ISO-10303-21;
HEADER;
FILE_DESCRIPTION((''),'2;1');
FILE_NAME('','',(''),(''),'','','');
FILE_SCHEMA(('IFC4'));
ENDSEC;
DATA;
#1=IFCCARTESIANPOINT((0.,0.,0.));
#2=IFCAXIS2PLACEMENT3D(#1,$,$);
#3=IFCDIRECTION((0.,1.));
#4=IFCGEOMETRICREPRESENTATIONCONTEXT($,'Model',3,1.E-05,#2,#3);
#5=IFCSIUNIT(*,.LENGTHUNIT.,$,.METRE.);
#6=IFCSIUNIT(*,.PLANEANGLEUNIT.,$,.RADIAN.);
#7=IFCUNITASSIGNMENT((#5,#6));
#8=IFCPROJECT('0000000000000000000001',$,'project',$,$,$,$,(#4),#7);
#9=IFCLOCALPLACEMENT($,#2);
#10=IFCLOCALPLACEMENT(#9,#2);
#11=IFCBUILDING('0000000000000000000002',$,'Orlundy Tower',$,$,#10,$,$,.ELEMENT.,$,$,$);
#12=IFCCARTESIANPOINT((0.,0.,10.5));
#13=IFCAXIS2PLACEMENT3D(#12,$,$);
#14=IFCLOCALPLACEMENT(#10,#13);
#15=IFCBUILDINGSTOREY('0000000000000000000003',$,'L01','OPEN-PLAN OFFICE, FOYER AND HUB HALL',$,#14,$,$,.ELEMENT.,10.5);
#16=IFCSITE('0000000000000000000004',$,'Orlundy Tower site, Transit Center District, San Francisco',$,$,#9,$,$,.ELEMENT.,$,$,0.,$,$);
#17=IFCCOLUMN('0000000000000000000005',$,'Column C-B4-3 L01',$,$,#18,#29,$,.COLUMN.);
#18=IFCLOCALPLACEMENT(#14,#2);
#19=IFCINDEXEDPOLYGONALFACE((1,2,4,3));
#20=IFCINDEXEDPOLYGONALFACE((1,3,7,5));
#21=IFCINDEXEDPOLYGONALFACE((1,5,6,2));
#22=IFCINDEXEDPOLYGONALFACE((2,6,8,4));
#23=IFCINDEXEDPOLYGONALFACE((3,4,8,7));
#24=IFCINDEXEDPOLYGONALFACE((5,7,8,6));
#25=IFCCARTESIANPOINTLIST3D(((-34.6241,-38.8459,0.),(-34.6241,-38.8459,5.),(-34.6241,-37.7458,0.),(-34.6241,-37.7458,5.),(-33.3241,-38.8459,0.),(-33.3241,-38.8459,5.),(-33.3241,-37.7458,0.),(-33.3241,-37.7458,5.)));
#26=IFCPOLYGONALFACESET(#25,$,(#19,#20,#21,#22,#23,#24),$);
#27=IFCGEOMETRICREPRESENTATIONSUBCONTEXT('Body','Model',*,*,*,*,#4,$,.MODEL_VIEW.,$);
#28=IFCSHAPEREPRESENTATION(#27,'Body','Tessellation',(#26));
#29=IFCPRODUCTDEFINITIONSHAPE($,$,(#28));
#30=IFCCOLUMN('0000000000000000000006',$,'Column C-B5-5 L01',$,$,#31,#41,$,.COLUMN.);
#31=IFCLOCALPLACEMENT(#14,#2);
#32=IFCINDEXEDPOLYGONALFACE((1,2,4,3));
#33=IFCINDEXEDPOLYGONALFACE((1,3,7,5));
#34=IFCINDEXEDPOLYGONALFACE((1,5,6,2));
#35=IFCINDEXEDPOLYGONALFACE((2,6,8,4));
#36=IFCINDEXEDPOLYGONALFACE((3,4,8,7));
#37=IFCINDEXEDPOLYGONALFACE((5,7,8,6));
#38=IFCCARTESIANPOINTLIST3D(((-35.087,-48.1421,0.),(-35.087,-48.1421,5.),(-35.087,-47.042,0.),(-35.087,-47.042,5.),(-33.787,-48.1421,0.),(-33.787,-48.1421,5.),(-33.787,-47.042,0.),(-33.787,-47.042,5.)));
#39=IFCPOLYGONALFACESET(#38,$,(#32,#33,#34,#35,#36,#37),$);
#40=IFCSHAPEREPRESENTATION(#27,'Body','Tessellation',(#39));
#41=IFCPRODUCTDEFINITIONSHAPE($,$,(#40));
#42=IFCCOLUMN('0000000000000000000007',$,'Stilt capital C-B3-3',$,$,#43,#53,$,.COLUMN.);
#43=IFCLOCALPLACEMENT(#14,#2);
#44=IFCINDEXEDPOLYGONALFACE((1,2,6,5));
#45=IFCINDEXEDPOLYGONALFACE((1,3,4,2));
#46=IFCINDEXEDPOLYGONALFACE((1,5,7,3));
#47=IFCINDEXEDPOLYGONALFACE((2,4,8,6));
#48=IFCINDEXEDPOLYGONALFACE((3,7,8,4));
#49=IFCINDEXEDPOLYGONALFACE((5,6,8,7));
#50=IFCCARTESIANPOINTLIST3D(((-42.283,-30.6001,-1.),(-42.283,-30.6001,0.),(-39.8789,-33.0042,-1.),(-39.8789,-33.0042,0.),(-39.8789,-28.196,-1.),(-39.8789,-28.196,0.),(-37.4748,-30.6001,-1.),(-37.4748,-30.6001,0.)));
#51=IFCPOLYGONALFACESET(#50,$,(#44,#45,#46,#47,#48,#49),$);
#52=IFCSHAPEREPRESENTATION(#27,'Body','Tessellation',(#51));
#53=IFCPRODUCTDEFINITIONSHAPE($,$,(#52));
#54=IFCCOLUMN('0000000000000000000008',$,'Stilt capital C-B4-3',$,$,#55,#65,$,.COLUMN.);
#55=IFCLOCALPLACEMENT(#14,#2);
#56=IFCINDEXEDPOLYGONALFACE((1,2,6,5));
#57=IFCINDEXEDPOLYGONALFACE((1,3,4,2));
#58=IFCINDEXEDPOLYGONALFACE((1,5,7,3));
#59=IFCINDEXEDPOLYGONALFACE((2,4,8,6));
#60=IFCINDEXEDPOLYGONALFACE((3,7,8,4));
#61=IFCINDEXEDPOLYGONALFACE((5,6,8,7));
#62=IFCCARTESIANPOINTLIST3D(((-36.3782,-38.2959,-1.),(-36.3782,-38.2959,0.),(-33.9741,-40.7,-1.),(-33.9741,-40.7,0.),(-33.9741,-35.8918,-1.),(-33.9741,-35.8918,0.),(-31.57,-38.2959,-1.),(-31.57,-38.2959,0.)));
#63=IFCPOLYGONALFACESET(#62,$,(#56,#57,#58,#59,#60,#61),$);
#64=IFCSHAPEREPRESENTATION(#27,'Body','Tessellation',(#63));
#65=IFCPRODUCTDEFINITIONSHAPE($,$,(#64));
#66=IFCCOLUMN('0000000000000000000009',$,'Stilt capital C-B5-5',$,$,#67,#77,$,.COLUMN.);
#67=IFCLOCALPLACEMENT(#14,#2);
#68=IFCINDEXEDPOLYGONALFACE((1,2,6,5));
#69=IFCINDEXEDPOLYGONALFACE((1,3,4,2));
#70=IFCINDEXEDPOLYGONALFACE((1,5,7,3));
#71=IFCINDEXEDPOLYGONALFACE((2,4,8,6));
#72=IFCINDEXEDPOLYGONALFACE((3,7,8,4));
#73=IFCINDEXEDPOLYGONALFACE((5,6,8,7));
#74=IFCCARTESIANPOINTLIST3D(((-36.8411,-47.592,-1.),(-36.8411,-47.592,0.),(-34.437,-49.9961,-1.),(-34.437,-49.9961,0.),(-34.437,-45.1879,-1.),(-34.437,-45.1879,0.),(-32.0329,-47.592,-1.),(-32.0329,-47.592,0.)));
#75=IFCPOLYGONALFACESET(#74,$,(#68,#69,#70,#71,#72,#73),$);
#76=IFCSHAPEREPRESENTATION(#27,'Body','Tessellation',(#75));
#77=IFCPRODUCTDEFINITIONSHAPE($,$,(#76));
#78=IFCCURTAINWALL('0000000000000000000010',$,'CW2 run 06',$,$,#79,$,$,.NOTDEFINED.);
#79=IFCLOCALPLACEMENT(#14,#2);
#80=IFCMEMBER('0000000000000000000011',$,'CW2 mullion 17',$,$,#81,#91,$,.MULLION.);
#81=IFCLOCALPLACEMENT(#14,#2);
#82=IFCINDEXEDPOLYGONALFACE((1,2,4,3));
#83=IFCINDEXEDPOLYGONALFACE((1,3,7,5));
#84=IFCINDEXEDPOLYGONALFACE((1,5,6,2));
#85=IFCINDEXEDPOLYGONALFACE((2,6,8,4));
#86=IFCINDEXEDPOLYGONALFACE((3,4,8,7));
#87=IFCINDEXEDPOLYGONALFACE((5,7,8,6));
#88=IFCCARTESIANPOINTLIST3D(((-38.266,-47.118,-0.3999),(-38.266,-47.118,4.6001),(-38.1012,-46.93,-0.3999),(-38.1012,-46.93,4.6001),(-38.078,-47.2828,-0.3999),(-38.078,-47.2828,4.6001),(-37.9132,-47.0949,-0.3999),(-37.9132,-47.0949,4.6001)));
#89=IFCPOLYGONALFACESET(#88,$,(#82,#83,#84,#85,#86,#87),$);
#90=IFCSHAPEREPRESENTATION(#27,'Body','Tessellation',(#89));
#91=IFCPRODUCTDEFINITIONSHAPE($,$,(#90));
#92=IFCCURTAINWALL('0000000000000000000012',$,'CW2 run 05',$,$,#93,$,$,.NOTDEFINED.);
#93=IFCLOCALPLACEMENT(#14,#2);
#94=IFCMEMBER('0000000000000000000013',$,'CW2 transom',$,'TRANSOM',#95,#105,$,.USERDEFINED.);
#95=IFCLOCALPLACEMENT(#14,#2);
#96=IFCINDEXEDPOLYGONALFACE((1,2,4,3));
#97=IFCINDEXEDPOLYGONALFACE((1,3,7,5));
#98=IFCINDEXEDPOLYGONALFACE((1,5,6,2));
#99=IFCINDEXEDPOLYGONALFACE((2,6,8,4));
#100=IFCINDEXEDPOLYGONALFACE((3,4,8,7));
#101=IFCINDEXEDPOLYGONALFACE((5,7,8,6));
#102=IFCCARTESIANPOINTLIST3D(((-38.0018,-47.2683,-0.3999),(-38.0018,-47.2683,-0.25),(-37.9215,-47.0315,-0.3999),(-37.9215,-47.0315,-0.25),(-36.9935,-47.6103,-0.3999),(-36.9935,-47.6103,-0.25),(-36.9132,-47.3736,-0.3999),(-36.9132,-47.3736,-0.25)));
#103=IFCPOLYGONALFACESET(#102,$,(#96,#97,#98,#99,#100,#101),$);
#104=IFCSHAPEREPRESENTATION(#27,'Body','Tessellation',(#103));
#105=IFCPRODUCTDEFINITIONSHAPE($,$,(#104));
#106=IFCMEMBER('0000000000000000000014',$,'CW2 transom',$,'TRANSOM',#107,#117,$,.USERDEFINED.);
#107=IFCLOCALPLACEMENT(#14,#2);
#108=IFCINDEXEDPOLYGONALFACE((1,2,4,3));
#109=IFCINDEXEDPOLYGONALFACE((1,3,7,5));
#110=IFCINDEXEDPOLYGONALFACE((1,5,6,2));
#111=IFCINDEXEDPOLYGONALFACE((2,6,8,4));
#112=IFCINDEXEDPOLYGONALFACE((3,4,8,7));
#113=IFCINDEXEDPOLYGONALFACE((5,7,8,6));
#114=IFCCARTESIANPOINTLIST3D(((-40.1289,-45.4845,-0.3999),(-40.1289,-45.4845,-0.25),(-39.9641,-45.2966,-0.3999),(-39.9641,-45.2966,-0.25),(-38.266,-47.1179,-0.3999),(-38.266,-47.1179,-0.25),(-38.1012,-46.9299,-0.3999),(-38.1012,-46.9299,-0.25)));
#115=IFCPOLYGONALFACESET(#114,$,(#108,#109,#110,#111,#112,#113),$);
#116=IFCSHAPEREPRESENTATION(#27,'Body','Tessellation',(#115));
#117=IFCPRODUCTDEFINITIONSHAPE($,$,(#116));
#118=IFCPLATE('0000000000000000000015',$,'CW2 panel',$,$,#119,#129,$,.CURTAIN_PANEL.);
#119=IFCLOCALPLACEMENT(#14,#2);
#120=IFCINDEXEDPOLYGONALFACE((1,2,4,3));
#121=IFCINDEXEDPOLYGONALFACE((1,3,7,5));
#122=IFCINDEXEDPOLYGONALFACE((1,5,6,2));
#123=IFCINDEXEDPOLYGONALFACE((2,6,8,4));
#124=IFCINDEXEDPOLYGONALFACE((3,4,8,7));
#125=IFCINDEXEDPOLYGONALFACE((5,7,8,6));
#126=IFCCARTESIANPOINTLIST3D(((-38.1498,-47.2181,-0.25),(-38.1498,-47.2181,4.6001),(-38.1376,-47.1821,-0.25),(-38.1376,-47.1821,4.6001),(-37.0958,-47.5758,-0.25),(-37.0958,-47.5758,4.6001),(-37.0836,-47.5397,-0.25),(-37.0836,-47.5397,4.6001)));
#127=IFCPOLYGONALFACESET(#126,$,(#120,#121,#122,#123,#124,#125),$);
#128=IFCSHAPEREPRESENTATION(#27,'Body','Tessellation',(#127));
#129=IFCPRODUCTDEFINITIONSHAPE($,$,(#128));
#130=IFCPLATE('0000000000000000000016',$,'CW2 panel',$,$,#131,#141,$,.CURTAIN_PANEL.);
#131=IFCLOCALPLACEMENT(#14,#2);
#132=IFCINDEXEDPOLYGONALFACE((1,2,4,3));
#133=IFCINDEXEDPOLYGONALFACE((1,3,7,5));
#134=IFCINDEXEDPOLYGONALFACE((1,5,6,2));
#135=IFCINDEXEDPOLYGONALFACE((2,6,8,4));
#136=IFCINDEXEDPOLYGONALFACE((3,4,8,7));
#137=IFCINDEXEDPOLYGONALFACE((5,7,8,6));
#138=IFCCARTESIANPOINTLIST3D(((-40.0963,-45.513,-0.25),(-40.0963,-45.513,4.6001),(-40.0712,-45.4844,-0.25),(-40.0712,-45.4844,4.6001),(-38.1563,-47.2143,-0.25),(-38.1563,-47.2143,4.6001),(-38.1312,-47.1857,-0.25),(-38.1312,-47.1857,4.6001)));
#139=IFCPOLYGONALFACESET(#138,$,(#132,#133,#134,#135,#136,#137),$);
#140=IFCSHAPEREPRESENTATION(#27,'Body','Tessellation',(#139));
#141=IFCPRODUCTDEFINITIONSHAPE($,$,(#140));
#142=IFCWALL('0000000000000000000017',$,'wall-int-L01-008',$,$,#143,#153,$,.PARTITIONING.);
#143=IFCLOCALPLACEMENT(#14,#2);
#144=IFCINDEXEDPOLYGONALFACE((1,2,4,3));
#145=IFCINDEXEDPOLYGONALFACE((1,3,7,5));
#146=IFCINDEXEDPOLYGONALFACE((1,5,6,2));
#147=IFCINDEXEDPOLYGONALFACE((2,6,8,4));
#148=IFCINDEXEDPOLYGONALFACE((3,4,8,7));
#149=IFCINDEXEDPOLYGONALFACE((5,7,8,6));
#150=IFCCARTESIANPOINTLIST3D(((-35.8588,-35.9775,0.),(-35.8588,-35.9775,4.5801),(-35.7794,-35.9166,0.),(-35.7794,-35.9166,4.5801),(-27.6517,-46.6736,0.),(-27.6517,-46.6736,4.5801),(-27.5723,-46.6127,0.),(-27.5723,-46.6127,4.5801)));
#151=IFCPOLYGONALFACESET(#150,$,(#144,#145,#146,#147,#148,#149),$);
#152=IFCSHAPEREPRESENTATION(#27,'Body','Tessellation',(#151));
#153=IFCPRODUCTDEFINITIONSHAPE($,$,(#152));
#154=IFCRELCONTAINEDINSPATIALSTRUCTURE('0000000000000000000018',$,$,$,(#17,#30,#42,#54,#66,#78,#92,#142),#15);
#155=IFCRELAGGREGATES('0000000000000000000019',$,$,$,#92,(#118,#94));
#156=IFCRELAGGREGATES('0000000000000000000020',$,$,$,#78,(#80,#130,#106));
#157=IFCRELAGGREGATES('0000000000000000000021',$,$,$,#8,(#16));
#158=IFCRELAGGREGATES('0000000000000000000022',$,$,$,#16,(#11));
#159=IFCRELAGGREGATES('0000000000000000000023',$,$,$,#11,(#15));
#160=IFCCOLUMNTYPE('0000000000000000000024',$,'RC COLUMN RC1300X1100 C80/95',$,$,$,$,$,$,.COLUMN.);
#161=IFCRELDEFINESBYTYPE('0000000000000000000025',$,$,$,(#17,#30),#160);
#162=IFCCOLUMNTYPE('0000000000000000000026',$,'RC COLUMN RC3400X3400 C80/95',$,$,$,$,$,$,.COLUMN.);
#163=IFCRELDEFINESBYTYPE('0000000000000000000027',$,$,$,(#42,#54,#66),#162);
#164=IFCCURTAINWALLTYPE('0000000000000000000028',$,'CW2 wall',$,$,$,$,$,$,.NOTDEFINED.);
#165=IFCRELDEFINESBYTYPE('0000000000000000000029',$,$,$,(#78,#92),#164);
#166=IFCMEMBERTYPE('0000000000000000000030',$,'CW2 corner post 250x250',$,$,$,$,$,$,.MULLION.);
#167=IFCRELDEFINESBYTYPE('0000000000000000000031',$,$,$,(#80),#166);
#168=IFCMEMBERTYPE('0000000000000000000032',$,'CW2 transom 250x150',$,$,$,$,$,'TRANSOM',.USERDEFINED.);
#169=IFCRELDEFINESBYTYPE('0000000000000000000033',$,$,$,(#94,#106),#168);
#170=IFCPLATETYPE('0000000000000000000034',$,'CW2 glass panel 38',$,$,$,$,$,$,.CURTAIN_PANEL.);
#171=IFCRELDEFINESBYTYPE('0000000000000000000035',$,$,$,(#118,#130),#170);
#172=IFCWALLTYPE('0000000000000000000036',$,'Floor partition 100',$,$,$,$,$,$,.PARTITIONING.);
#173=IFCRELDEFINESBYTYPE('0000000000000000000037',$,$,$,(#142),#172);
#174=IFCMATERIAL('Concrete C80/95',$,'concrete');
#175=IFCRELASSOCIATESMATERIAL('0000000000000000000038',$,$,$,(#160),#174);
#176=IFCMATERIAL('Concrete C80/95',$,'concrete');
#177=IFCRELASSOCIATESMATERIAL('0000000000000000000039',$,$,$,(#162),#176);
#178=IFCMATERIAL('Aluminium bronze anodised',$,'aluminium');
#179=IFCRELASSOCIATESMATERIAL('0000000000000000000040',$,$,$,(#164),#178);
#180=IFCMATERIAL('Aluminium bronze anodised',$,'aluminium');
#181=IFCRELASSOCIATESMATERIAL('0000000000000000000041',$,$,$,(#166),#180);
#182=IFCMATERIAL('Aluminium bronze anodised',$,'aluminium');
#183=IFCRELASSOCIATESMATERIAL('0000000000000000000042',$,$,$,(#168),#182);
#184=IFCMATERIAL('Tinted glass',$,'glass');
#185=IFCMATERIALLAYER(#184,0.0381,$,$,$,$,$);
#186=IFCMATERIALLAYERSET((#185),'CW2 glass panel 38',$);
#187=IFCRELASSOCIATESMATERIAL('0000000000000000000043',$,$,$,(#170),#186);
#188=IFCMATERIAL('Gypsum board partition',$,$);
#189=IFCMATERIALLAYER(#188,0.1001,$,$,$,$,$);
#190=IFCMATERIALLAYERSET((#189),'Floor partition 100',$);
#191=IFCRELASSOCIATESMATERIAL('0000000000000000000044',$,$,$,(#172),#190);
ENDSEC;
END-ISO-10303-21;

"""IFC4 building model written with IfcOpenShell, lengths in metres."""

from ifc_helpers import new_model, si_unit, direction, frame, frame_2d, origin, origin_2d, place, context, subcontext, project, spatial, rectangle, extrude, material, layer, layer_set, material_profile, profile_set, type_object, element, aggregate, save


model = new_model("IFC4")

# Units and contexts
model_context = context("Model", 3, precision=1e-05, world=origin(), true_north=direction((0.0, 1.0)))
body_context = subcontext(model_context, "Body", "Model", "MODEL_VIEW")
ifc_project = project(units=[si_unit("LENGTHUNIT", "METRE"), si_unit("PLANEANGLEUNIT", "RADIAN")], contexts=[model_context])

# Site, building, storey
site_placement = place(None, origin())
site = spatial("IfcSite", under=ifc_project, at=site_placement, Name="Orlundy Tower site, Transit Center District, San Francisco", CompositionType="ELEMENT", RefElevation=0.0)
building_placement = place(site_placement, origin())
building = spatial("IfcBuilding", under=site, at=building_placement, Name="Orlundy Tower", CompositionType="ELEMENT")
storey_placement = place(building_placement, frame((0.0, 0.0, 10.5)))
storey = spatial("IfcBuildingStorey", under=building, at=storey_placement, Name="L01", Description="OPEN-PLAN OFFICE, FOYER AND HUB HALL", CompositionType="ELEMENT", Elevation=10.5)

# Columns
ifc_material_1 = material(Name="Concrete C80/95", Category="concrete")
ifc_material_profile_1 = material_profile(ifc_material_1, rectangle(XDim=1.3, YDim=1.1001, at=origin_2d()), Name="RC1300X1100")
ifc_profile_set_1 = profile_set([ifc_material_profile_1], Name="Concrete C80/95")
column_type_1 = type_object("IfcColumnType", Name="RC COLUMN RC1300X1100 C80/95", PredefinedType="COLUMN", material=ifc_profile_set_1)
for number, where, z_axis, x_axis, name in (
    (1, (-33.9741, -38.2959, 0.0), (0.0, 0.0, 1.0), (1.0, 0.0, 0.0), "Column C-B4-3 L01"),
    (2, (-34.437, -47.592, 0.0), (0.0, 0.0, 1.0), (1.0, 0.0, 0.0), "Column C-B5-5 L01"),
):
    element("IfcColumn", number, at=place(storey_placement, frame(where, z_axis=z_axis, x_axis=x_axis)), inside=storey, type_object=column_type_1, Name=name, PredefinedType="COLUMN", context=body_context, shape_type="SweptSolid", body=[
        extrude(rectangle(XDim=1.3, YDim=1.1001, at=origin_2d()), origin(), (0.0, 0.0, 1.0), 5.0),
    ])
ifc_material_2 = material(Name="Concrete C80/95", Category="concrete")
ifc_material_profile_2 = material_profile(ifc_material_2, rectangle(XDim=3.3999, YDim=3.3999, at=origin_2d()), Name="RC3400X3400")
ifc_profile_set_2 = profile_set([ifc_material_profile_2], Name="Concrete C80/95")
column_type_2 = type_object("IfcColumnType", Name="RC COLUMN RC3400X3400 C80/95", PredefinedType="COLUMN", material=ifc_profile_set_2)
for number, where, z_axis, x_axis, name in (
    (3, (-39.8789, -30.6001, -1.0), (0.0, 0.0, 1.0), (0.707107, 0.707107, 0.0), "Stilt capital C-B3-3"),
    (4, (-33.9741, -38.2959, -1.0), (0.0, 0.0, 1.0), (0.707107, 0.707107, 0.0), "Stilt capital C-B4-3"),
    (5, (-34.437, -47.592, -1.0), (0.0, 0.0, 1.0), (0.707107, 0.707107, 0.0), "Stilt capital C-B5-5"),
):
    element("IfcColumn", number, at=place(storey_placement, frame(where, z_axis=z_axis, x_axis=x_axis)), inside=storey, type_object=column_type_2, Name=name, PredefinedType="COLUMN", context=body_context, shape_type="SweptSolid", body=[
        extrude(rectangle(XDim=3.3999, YDim=3.3999, at=origin_2d()), origin(), (0.0, 0.0, 1.0), 1.0),
    ])

# Curtain walls, members
ifc_material_3 = material(Name="Aluminium bronze anodised", Category="aluminium")
curtain_wall_type = type_object("IfcCurtainWallType", Name="CW2 wall", PredefinedType="NOTDEFINED", material=ifc_material_3)
curtain_wall_1_placement = place(storey_placement, origin())
curtain_wall_1 = element("IfcCurtainWall", 6, at=curtain_wall_1_placement, inside=storey, type_object=curtain_wall_type, Name="CW2 run 06", PredefinedType="NOTDEFINED")
ifc_material_4 = material(Name="Aluminium bronze anodised", Category="aluminium")
ifc_material_profile_3 = material_profile(ifc_material_4, rectangle(XDim=0.25, YDim=0.25, at=origin_2d()), Name="CW2 corner post 250x250")
ifc_profile_set_3 = profile_set([ifc_material_profile_3], Name="Aluminium bronze anodised")
member_type_1 = type_object("IfcMemberType", Name="CW2 corner post 250x250", PredefinedType="MULLION", material=ifc_profile_set_3)
member_1_placement = place(storey_placement, frame((-38.0896, -47.1064, -0.3999), z_axis=(0.0, 0.0, 1.0), x_axis=(-0.659325, -0.751858, 0.0)))
member_1 = element("IfcMember", 7, at=member_1_placement, type_object=member_type_1, Name="CW2 mullion 17", PredefinedType="MULLION", context=body_context, shape_type="SweptSolid", body=[
    extrude(rectangle(XDim=0.25, YDim=0.25, at=origin_2d()), origin(), (0.0, 0.0, 1.0), 5.0),
])
curtain_wall_2_placement = place(storey_placement, origin())
curtain_wall_2 = element("IfcCurtainWall", 8, at=curtain_wall_2_placement, inside=storey, type_object=curtain_wall_type, Name="CW2 run 05", PredefinedType="NOTDEFINED")
ifc_material_5 = material(Name="Aluminium bronze anodised", Category="aluminium")
ifc_material_profile_4 = material_profile(ifc_material_5, rectangle(XDim=0.25, YDim=0.1499, at=origin_2d()), Name="CW2 transom 250x150")
ifc_profile_set_4 = profile_set([ifc_material_profile_4], Name="Aluminium bronze anodised")
member_type_2 = type_object("IfcMemberType", Name="CW2 transom 250x150", ElementType="TRANSOM", PredefinedType="USERDEFINED", material=ifc_profile_set_4)
member_2_placement = place(storey_placement, frame((-36.9534, -47.4919, -0.325), z_axis=(-0.946996, 0.321245, 0.0), x_axis=(-0.321245, -0.946996, 0.0)))
member_2 = element("IfcMember", 9, at=member_2_placement, type_object=member_type_2, Name="CW2 transom", ObjectType="TRANSOM", PredefinedType="USERDEFINED", context=body_context, shape_type="SweptSolid", body=[
    extrude(rectangle(XDim=0.25, YDim=0.1499, at=origin_2d()), origin(), (0.0, 0.0, 1.0), 1.0647),
])

# Member
member_3_placement = place(storey_placement, frame((-38.1836, -47.0239, -0.325), z_axis=(-0.751905, 0.659272, 0.0), x_axis=(-0.659272, -0.751905, 0.0)))
member_3 = element("IfcMember", 10, at=member_3_placement, type_object=member_type_2, Name="CW2 transom", ObjectType="TRANSOM", PredefinedType="USERDEFINED", context=body_context, shape_type="SweptSolid", body=[
    extrude(rectangle(XDim=0.25, YDim=0.1499, at=origin_2d()), origin(), (0.0, 0.0, 1.0), 2.4775),
])

# Plates
ifc_material_6 = material(Name="Tinted glass", Category="glass")
ifc_layer_1 = layer(ifc_material_6, 0.0381)
ifc_layer_set_1 = layer_set([ifc_layer_1], Name="CW2 glass panel 38")
plate_type = type_object("IfcPlateType", Name="CW2 glass panel 38", PredefinedType="CURTAIN_PANEL", material=ifc_layer_set_1)
plate_1_placement = place(storey_placement, frame((-37.6167, -47.3789, -0.25), z_axis=(0.0, 0.0, 1.0), x_axis=(-0.94697, 0.321322, 0.0)))
plate_1 = element("IfcPlate", 11, at=plate_1_placement, type_object=plate_type, Name="CW2 panel", PredefinedType="CURTAIN_PANEL", context=body_context, shape_type="SweptSolid", body=[
    extrude(rectangle(XDim=1.113, YDim=0.0381, at=origin_2d()), origin(), (0.0, 0.0, 1.0), 4.8501),
])
aggregate(curtain_wall_2, [plate_1, member_2])
plate_2_placement = place(storey_placement, frame((-39.1138, -46.3494, -0.25), z_axis=(0.0, 0.0, 1.0), x_axis=(-0.751858, 0.659325, 0.0)))
plate_2 = element("IfcPlate", 12, at=plate_2_placement, type_object=plate_type, Name="CW2 panel", PredefinedType="CURTAIN_PANEL", context=body_context, shape_type="SweptSolid", body=[
    extrude(rectangle(XDim=2.5803, YDim=0.0381, at=origin_2d()), origin(), (0.0, 0.0, 1.0), 4.8501),
])
aggregate(curtain_wall_1, [member_1, plate_2, member_3])

# Wall
ifc_material_7 = material(Name="Gypsum board partition")
ifc_layer_2 = layer(ifc_material_7, 0.1001)
ifc_layer_set_2 = layer_set([ifc_layer_2], Name="Floor partition 100")
wall_type_1 = type_object("IfcWallType", Name="Floor partition 100", PredefinedType="PARTITIONING", material=ifc_layer_set_2)
wall_1_placement = place(storey_placement, frame((-35.8191, -35.947, 0.0), z_axis=(0.0, 0.0, 1.0), x_axis=(0.608746, -0.793365, 0.0)))
element("IfcWall", 13, at=wall_1_placement, inside=storey, type_object=wall_type_1, Name="wall-int-L01-008", PredefinedType="PARTITIONING", context=body_context, shape_type="SweptSolid", body=[
    extrude(rectangle(XDim=13.4819, YDim=0.1001, at=frame_2d((6.741, 0.0))), origin(), (0.0, 0.0, 1.0), 4.5801),
])

save(model, "model.ifc")
